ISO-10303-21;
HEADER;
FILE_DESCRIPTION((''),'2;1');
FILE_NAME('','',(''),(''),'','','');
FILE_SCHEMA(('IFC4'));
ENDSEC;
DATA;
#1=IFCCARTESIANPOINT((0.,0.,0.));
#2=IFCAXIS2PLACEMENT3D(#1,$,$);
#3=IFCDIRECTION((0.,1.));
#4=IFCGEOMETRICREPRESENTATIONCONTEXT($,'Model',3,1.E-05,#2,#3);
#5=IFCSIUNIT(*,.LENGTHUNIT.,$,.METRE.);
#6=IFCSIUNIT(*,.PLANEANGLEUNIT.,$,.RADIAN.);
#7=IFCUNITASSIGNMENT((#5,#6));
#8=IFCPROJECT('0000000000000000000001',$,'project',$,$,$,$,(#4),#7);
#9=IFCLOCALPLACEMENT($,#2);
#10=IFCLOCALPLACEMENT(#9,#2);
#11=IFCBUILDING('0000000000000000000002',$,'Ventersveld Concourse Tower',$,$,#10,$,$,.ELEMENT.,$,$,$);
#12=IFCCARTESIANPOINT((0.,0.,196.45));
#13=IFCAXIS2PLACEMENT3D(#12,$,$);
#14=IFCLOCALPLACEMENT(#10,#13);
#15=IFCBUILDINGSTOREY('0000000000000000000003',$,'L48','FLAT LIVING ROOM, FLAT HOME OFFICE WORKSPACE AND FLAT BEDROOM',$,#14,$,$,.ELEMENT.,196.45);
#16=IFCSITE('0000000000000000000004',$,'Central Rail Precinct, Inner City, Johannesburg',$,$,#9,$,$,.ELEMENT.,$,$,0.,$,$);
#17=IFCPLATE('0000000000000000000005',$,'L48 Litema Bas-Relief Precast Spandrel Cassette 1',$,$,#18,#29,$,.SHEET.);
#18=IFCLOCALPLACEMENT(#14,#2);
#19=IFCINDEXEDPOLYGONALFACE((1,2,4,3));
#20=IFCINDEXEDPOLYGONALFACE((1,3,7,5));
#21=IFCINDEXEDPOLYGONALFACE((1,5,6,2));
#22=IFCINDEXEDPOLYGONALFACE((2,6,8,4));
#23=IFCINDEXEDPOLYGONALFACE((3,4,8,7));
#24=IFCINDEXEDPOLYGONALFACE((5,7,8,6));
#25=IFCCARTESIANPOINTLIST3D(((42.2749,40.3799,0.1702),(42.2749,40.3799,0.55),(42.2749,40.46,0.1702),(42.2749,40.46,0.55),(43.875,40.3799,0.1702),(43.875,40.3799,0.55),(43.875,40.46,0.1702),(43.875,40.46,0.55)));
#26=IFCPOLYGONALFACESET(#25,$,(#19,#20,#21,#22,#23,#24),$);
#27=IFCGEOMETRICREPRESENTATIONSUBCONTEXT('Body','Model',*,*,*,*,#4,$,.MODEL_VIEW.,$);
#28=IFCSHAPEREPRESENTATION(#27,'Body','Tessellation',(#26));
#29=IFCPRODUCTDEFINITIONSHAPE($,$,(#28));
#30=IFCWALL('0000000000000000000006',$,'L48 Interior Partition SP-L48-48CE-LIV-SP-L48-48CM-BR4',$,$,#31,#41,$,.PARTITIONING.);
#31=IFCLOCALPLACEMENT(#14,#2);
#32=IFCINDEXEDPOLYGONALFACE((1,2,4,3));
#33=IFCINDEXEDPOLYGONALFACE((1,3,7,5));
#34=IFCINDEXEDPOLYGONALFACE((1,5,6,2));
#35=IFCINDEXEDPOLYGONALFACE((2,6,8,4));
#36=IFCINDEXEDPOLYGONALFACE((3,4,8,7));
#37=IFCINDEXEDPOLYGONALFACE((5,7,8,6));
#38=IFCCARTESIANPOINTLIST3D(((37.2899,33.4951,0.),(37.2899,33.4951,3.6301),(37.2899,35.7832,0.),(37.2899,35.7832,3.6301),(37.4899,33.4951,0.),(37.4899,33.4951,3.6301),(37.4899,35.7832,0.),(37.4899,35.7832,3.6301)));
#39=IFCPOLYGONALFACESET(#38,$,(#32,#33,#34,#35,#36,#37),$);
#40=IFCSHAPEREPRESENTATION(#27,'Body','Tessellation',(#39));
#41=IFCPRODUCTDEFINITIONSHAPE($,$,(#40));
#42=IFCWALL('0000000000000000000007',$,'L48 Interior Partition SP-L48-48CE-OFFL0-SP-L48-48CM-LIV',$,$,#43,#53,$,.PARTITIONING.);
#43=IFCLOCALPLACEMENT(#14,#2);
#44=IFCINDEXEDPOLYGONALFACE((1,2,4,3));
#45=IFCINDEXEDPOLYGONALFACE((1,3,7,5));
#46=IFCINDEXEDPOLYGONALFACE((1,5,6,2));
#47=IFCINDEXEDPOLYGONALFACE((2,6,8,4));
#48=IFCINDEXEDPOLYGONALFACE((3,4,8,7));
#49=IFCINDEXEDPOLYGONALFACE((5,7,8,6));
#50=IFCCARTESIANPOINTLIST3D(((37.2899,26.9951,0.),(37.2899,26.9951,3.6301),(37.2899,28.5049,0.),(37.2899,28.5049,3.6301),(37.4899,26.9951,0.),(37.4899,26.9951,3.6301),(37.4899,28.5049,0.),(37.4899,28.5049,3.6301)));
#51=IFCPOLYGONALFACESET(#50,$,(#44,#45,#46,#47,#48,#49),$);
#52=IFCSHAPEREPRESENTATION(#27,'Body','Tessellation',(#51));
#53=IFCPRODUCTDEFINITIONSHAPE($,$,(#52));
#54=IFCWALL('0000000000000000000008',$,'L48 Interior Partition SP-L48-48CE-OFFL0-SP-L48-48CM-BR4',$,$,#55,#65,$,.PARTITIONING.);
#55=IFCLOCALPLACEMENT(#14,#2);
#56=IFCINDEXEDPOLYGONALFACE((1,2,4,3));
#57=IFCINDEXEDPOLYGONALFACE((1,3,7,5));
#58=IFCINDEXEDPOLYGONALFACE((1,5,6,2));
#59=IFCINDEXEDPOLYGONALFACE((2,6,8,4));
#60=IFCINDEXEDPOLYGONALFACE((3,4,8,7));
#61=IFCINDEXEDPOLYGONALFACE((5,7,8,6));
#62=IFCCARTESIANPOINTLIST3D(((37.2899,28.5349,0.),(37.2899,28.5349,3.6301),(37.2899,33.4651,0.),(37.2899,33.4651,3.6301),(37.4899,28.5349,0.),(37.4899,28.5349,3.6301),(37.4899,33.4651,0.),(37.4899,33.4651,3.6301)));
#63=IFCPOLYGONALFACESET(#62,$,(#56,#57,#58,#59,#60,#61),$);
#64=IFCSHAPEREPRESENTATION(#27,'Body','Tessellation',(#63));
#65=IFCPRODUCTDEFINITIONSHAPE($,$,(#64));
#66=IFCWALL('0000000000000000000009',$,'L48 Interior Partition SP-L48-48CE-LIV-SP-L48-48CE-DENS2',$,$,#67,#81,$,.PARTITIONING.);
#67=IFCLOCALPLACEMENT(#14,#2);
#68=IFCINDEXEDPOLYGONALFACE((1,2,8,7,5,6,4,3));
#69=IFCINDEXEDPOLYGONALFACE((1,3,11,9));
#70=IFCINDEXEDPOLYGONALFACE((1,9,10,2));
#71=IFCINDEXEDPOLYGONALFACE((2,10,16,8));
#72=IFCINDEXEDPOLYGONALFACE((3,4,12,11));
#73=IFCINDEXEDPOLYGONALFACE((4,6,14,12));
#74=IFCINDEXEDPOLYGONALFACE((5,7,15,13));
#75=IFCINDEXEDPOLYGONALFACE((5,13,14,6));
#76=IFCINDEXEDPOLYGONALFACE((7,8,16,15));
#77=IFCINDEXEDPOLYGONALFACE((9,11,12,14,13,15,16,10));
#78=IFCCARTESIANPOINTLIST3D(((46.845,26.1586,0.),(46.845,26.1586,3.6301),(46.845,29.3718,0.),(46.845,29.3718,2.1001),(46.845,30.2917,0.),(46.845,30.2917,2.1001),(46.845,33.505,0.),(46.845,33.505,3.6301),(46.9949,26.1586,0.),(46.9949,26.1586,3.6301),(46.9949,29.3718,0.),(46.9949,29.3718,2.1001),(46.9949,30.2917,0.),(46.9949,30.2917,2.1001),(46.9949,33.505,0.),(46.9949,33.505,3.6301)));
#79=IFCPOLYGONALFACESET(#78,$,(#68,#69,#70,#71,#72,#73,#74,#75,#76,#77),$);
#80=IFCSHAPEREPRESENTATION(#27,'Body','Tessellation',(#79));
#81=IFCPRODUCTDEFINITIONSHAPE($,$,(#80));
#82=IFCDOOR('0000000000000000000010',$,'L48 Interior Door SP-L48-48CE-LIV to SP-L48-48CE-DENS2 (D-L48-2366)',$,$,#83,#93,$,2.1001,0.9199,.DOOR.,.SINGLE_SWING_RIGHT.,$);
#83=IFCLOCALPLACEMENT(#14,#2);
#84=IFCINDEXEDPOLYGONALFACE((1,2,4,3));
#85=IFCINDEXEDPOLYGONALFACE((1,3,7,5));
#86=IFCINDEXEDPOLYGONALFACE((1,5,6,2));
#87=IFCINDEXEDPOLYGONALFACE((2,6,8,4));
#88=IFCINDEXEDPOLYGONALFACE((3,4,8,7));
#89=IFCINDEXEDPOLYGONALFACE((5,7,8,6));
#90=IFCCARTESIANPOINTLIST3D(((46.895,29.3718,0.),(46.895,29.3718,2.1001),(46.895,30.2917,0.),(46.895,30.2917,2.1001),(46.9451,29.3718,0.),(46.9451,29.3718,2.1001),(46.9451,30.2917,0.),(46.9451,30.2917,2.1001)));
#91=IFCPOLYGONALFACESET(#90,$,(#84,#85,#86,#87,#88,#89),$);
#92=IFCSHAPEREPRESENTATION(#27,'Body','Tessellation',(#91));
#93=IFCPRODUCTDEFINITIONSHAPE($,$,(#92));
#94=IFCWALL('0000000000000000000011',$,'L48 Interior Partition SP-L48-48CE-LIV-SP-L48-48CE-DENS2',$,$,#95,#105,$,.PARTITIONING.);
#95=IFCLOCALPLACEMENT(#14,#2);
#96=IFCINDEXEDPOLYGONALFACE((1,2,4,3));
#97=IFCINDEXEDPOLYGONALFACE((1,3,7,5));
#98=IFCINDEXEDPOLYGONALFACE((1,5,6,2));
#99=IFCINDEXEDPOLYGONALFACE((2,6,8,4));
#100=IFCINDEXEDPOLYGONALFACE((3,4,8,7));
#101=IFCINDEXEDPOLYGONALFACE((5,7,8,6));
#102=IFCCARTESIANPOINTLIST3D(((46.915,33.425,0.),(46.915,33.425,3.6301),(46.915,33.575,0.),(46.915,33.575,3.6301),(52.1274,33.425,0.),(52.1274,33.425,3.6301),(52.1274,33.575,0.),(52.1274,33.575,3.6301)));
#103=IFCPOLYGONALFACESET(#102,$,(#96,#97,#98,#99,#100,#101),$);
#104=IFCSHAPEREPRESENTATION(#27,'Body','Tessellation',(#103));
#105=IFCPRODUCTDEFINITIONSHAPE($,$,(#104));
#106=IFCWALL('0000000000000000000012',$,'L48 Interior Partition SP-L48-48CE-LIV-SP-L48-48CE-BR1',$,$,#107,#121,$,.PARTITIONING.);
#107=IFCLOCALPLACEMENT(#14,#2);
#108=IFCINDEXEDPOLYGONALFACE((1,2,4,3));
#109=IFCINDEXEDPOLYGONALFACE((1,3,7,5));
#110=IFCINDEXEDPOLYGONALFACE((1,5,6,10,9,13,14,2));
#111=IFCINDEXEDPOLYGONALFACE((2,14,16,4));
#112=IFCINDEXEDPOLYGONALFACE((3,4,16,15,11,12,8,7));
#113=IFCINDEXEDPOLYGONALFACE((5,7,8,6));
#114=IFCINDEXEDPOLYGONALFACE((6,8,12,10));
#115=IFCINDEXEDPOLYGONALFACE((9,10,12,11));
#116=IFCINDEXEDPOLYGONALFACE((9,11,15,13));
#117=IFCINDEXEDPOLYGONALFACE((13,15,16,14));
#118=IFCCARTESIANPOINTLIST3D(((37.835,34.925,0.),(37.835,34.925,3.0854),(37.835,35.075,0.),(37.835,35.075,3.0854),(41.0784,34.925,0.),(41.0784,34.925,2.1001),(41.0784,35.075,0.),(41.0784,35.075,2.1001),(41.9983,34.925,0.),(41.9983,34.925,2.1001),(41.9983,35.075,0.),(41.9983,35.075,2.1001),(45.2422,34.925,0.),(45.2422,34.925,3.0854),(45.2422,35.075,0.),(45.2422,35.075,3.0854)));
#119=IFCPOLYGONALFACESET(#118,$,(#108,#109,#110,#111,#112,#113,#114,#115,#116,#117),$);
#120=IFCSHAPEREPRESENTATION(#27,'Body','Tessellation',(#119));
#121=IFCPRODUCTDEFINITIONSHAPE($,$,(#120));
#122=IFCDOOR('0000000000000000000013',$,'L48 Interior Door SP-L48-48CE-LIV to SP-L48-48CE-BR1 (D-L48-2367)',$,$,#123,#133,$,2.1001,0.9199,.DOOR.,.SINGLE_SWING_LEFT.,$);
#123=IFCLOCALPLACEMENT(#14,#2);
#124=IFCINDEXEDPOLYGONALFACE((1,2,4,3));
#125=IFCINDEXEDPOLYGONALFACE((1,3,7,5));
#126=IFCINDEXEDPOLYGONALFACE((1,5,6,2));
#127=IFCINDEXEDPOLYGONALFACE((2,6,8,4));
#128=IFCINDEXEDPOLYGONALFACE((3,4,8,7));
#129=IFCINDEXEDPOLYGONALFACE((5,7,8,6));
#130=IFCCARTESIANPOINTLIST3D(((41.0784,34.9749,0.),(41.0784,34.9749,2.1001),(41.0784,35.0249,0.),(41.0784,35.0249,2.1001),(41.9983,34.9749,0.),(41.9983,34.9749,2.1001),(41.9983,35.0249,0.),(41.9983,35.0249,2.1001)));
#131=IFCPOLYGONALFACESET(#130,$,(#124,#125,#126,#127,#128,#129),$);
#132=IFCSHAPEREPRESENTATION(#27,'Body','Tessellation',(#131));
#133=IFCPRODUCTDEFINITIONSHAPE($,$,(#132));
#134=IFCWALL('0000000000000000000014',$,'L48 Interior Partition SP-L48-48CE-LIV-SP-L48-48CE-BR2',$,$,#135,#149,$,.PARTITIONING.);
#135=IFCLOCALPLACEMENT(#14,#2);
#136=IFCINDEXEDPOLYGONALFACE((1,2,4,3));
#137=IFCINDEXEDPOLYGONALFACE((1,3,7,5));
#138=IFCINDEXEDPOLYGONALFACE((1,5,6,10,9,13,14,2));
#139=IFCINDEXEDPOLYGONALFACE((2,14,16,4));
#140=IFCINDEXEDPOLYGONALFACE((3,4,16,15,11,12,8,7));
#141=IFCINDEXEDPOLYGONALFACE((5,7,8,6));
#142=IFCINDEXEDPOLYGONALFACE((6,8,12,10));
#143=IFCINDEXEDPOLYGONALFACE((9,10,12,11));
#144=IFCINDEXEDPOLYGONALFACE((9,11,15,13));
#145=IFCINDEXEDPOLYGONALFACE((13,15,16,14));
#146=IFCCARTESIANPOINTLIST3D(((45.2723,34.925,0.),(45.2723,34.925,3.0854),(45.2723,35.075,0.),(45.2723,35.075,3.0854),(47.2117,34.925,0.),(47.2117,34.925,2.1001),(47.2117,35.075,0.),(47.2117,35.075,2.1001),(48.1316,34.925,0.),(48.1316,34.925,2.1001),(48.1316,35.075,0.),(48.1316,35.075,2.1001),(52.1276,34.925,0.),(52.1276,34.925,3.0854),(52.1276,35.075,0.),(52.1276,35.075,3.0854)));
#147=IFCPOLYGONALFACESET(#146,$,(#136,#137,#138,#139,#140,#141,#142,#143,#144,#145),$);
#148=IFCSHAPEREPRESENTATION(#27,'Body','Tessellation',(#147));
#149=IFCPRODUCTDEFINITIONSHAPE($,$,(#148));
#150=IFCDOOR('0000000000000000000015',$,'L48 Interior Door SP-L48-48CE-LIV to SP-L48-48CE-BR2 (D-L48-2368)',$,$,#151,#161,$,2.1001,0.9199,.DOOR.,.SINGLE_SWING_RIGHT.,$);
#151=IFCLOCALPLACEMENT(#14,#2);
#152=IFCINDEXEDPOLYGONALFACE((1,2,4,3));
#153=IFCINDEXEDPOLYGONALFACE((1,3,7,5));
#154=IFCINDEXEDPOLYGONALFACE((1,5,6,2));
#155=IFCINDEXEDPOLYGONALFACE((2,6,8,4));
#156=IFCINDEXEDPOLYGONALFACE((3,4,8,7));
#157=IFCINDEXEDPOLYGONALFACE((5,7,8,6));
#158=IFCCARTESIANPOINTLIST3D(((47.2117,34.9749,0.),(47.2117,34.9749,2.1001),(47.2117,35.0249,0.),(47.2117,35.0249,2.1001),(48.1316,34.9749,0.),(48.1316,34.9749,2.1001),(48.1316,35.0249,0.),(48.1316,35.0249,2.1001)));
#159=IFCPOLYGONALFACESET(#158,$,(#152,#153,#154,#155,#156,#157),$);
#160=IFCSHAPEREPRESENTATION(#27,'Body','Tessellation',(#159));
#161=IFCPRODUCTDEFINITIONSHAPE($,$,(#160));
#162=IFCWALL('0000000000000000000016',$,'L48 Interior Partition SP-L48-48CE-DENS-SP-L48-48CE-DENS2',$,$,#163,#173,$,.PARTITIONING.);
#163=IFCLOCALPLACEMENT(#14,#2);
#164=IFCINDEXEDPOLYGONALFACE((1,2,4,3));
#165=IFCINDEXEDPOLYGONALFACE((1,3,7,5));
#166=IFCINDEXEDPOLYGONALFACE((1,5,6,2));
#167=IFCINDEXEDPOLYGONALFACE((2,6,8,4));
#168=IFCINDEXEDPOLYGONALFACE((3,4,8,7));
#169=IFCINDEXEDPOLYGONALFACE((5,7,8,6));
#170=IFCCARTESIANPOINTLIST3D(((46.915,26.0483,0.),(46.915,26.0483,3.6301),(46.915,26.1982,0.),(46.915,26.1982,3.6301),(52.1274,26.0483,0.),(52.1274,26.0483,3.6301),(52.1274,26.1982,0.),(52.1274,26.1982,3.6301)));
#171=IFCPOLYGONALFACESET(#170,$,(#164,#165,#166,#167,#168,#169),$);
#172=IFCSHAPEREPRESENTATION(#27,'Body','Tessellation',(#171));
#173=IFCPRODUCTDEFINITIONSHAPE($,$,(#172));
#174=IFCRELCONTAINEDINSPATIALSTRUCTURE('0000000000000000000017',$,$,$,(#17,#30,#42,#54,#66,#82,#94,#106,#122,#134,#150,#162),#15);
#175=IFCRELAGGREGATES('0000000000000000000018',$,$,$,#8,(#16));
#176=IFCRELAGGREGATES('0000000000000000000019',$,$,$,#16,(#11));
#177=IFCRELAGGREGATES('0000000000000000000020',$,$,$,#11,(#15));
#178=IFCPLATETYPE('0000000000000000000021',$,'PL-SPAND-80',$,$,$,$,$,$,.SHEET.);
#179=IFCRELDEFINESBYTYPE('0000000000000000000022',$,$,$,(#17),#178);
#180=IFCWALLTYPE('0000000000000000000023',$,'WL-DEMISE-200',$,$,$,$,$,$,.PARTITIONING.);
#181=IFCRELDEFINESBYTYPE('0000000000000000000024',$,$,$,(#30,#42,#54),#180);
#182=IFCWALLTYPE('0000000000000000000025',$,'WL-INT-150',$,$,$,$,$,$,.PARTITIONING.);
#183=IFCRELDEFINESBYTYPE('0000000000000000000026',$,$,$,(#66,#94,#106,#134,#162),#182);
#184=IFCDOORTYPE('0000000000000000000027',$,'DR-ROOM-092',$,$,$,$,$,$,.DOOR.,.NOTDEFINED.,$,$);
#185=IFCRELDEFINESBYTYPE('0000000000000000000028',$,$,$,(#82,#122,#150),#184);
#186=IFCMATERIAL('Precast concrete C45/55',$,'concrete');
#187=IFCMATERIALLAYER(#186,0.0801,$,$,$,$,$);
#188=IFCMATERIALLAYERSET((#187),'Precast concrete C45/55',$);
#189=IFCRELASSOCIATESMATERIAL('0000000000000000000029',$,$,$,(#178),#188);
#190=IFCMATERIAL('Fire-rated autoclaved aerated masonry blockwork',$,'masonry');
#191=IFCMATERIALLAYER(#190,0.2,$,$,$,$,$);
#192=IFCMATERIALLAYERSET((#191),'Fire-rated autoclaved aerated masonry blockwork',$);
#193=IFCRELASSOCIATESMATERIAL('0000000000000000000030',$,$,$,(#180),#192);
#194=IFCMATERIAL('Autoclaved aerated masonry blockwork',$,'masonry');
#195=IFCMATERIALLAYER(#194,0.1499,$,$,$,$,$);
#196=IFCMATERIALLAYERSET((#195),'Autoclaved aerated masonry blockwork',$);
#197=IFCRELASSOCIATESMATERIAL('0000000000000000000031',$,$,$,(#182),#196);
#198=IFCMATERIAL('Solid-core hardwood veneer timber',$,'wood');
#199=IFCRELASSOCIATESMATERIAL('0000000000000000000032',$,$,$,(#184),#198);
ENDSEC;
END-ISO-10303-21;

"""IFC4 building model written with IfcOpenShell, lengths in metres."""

from ifc_helpers import new_model, si_unit, direction, frame, frame_2d, origin, origin_2d, place, context, subcontext, project, spatial, rectangle, extrude, material, layer, layer_set, type_object, element, fill, save


model = new_model("IFC4")

# Units and contexts
model_context = context("Model", 3, precision=1e-05, world=origin(), true_north=direction((0.0, 1.0)))
body_context = subcontext(model_context, "Body", "Model", "MODEL_VIEW")
ifc_project = project(units=[si_unit("LENGTHUNIT", "METRE"), si_unit("PLANEANGLEUNIT", "RADIAN")], contexts=[model_context])

# Site, building, storey
site_placement = place(None, origin())
site = spatial("IfcSite", under=ifc_project, at=site_placement, Name="Central Rail Precinct, Inner City, Johannesburg", CompositionType="ELEMENT", RefElevation=0.0)
building_placement = place(site_placement, origin())
building = spatial("IfcBuilding", under=site, at=building_placement, Name="Ventersveld Concourse Tower", CompositionType="ELEMENT")
storey_placement = place(building_placement, frame((0.0, 0.0, 196.45)))
storey = spatial("IfcBuildingStorey", under=building, at=storey_placement, Name="L48", Description="FLAT LIVING ROOM, FLAT HOME OFFICE WORKSPACE AND FLAT BEDROOM", CompositionType="ELEMENT", Elevation=196.45)

# Plate
ifc_material_1 = material(Name="Precast concrete C45/55", Category="concrete")
ifc_layer_1 = layer(ifc_material_1, 0.0801)
ifc_layer_set_1 = layer_set([ifc_layer_1], Name="Precast concrete C45/55")
plate_type = type_object("IfcPlateType", Name="PL-SPAND-80", PredefinedType="SHEET", material=ifc_layer_set_1)
plate_placement = place(storey_placement, frame((43.075, 40.4199, 0.1702), z_axis=(0.0, 0.0, 1.0), x_axis=(-1.0, 0.0, 0.0)))
element("IfcPlate", 1, at=plate_placement, inside=storey, type_object=plate_type, Name="L48 Litema Bas-Relief Precast Spandrel Cassette 1", PredefinedType="SHEET", context=body_context, shape_type="SweptSolid", body=[
    extrude(rectangle(XDim=1.6001, YDim=0.0801, at=origin_2d()), origin(), (0.0, 0.0, 1.0), 0.3799),
])

# Walls
ifc_material_2 = material(Name="Fire-rated autoclaved aerated masonry blockwork", Category="masonry")
ifc_layer_2 = layer(ifc_material_2, 0.2)
ifc_layer_set_2 = layer_set([ifc_layer_2], Name="Fire-rated autoclaved aerated masonry blockwork")
wall_type_1 = type_object("IfcWallType", Name="WL-DEMISE-200", PredefinedType="PARTITIONING", material=ifc_layer_set_2)
wall_1_placement = place(storey_placement, frame((37.3899, 33.4951, 0.0), z_axis=(0.0, 0.0, 1.0), x_axis=(0.0, 1.0, 0.0)))
element("IfcWall", 2, at=wall_1_placement, inside=storey, type_object=wall_type_1, Name="L48 Interior Partition SP-L48-48CE-LIV-SP-L48-48CM-BR4", PredefinedType="PARTITIONING", context=body_context, shape_type="SweptSolid", body=[
    extrude(rectangle(XDim=2.2881, YDim=0.2, at=frame_2d((1.144, 0.0))), origin(), (0.0, 0.0, 1.0), 3.6301),
])
wall_2_placement = place(storey_placement, frame((37.3899, 26.9951, 0.0), z_axis=(0.0, 0.0, 1.0), x_axis=(0.0, 1.0, 0.0)))
element("IfcWall", 3, at=wall_2_placement, inside=storey, type_object=wall_type_1, Name="L48 Interior Partition SP-L48-48CE-OFFL0-SP-L48-48CM-LIV", PredefinedType="PARTITIONING", context=body_context, shape_type="SweptSolid", body=[
    extrude(rectangle(XDim=1.5098, YDim=0.2, at=frame_2d((0.7549, 0.0))), origin(), (0.0, 0.0, 1.0), 3.6301),
])
wall_3_placement = place(storey_placement, frame((37.3899, 28.5349, 0.0), z_axis=(0.0, 0.0, 1.0), x_axis=(0.0, 1.0, 0.0)))
element("IfcWall", 4, at=wall_3_placement, inside=storey, type_object=wall_type_1, Name="L48 Interior Partition SP-L48-48CE-OFFL0-SP-L48-48CM-BR4", PredefinedType="PARTITIONING", context=body_context, shape_type="SweptSolid", body=[
    extrude(rectangle(XDim=4.9302, YDim=0.2, at=frame_2d((2.4651, 0.0))), origin(), (0.0, 0.0, 1.0), 3.6301),
])

# Wall, opening, door
ifc_material_3 = material(Name="Autoclaved aerated masonry blockwork", Category="masonry")
ifc_layer_3 = layer(ifc_material_3, 0.1499)
ifc_layer_set_3 = layer_set([ifc_layer_3], Name="Autoclaved aerated masonry blockwork")
wall_type_2 = type_object("IfcWallType", Name="WL-INT-150", PredefinedType="PARTITIONING", material=ifc_layer_set_3)
wall_4_placement = place(storey_placement, frame((46.9199, 26.1584, 0.0), z_axis=(0.0, 0.0, 1.0), x_axis=(0.0, 1.0, 0.0)))
wall_4 = element("IfcWall", 5, at=wall_4_placement, inside=storey, type_object=wall_type_2, Name="L48 Interior Partition SP-L48-48CE-LIV-SP-L48-48CE-DENS2", PredefinedType="PARTITIONING", context=body_context, shape_type="SweptSolid", body=[
    extrude(rectangle(XDim=7.3464, YDim=0.1499, at=frame_2d((3.6733, 0.0))), origin(), (0.0, 0.0, 1.0), 3.6301),
])
opening_1_placement = place(wall_4_placement, frame((3.2134, 0.0, 0.0)))
opening_1 = element("IfcOpeningElement", 6, at=opening_1_placement, cuts=wall_4, PredefinedType="OPENING", context=body_context, shape_type="SweptSolid", body=[
    extrude(rectangle(XDim=0.9199, YDim=2.1001, at=frame_2d((0.46, 1.05))), frame((0.0, 0.085, 0.0), z_axis=(0.0, -1.0, 0.0), x_axis=(1.0, 0.0, 0.0)), (0.0, 0.0, 1.0), 0.1699),
])
ifc_material_4 = material(Name="Solid-core hardwood veneer timber", Category="wood")
door_type = type_object("IfcDoorType", Name="DR-ROOM-092", OperationType="NOTDEFINED", PredefinedType="DOOR", material=ifc_material_4)
door_1_placement = place(opening_1_placement, origin())
door_1 = element("IfcDoor", 7, at=door_1_placement, inside=storey, type_object=door_type, Name="L48 Interior Door SP-L48-48CE-LIV to SP-L48-48CE-DENS2 (D-L48-2366)", OperationType="SINGLE_SWING_RIGHT", OverallHeight=2.1001, OverallWidth=0.9199, PredefinedType="DOOR", context=body_context, shape_type="SweptSolid", body=[
    extrude(rectangle(XDim=0.9199, YDim=2.1001, at=frame_2d((0.46, 1.05))), frame((0.0, 0.0249, 0.0), z_axis=(0.0, -1.0, 0.0), x_axis=(1.0, 0.0, 0.0)), (0.0, 0.0, 1.0), 0.05),
])
fill(opening_1, door_1)

# Wall
wall_5_placement = place(storey_placement, frame((46.915, 33.5, 0.0), z_axis=(0.0, 0.0, 1.0), x_axis=(1.0, 0.0, 0.0)))
element("IfcWall", 8, at=wall_5_placement, inside=storey, type_object=wall_type_2, Name="L48 Interior Partition SP-L48-48CE-LIV-SP-L48-48CE-DENS2", PredefinedType="PARTITIONING", context=body_context, shape_type="SweptSolid", body=[
    extrude(rectangle(XDim=5.2124, YDim=0.1499, at=frame_2d((2.6062, 0.0))), origin(), (0.0, 0.0, 1.0), 3.6301),
])

# Walls, openings, doors
wall_6_placement = place(storey_placement, frame((37.835, 35.0, 0.0), z_axis=(0.0, 0.0, 1.0), x_axis=(1.0, 0.0, 0.0)))
wall_6 = element("IfcWall", 9, at=wall_6_placement, inside=storey, type_object=wall_type_2, Name="L48 Interior Partition SP-L48-48CE-LIV-SP-L48-48CE-BR1", PredefinedType="PARTITIONING", context=body_context, shape_type="SweptSolid", body=[
    extrude(rectangle(XDim=7.4072, YDim=0.1499, at=frame_2d((3.7036, 0.0))), origin(), (0.0, 0.0, 1.0), 3.0854),
])
opening_2_placement = place(wall_6_placement, frame((3.2434, 0.0, 0.0)))
opening_2 = element("IfcOpeningElement", 10, at=opening_2_placement, cuts=wall_6, PredefinedType="OPENING", context=body_context, shape_type="SweptSolid", body=[
    extrude(rectangle(XDim=0.9199, YDim=2.1001, at=frame_2d((0.46, 1.05))), frame((0.0, 0.085, 0.0), z_axis=(0.0, -1.0, 0.0), x_axis=(1.0, 0.0, 0.0)), (0.0, 0.0, 1.0), 0.1699),
])
door_2_placement = place(opening_2_placement, origin())
door_2 = element("IfcDoor", 11, at=door_2_placement, inside=storey, type_object=door_type, Name="L48 Interior Door SP-L48-48CE-LIV to SP-L48-48CE-BR1 (D-L48-2367)", OperationType="SINGLE_SWING_LEFT", OverallHeight=2.1001, OverallWidth=0.9199, PredefinedType="DOOR", context=body_context, shape_type="SweptSolid", body=[
    extrude(rectangle(XDim=0.9199, YDim=2.1001, at=frame_2d((0.46, 1.05))), frame((0.0, 0.0249, 0.0), z_axis=(0.0, -1.0, 0.0), x_axis=(1.0, 0.0, 0.0)), (0.0, 0.0, 1.0), 0.05),
])
fill(opening_2, door_2)
wall_7_placement = place(storey_placement, frame((45.2722, 35.0, 0.0), z_axis=(0.0, 0.0, 1.0), x_axis=(1.0, 0.0, 0.0)))
wall_7 = element("IfcWall", 12, at=wall_7_placement, inside=storey, type_object=wall_type_2, Name="L48 Interior Partition SP-L48-48CE-LIV-SP-L48-48CE-BR2", PredefinedType="PARTITIONING", context=body_context, shape_type="SweptSolid", body=[
    extrude(rectangle(XDim=6.8552, YDim=0.1499, at=frame_2d((3.4277, 0.0))), origin(), (0.0, 0.0, 1.0), 3.0854),
])
opening_3_placement = place(wall_7_placement, frame((1.9395, 0.0, 0.0)))
opening_3 = element("IfcOpeningElement", 13, at=opening_3_placement, cuts=wall_7, PredefinedType="OPENING", context=body_context, shape_type="SweptSolid", body=[
    extrude(rectangle(XDim=0.9199, YDim=2.1001, at=frame_2d((0.46, 1.05))), frame((0.0, 0.085, 0.0), z_axis=(0.0, -1.0, 0.0), x_axis=(1.0, 0.0, 0.0)), (0.0, 0.0, 1.0), 0.1699),
])
door_3_placement = place(opening_3_placement, origin())
door_3 = element("IfcDoor", 14, at=door_3_placement, inside=storey, type_object=door_type, Name="L48 Interior Door SP-L48-48CE-LIV to SP-L48-48CE-BR2 (D-L48-2368)", OperationType="SINGLE_SWING_RIGHT", OverallHeight=2.1001, OverallWidth=0.9199, PredefinedType="DOOR", context=body_context, shape_type="SweptSolid", body=[
    extrude(rectangle(XDim=0.9199, YDim=2.1001, at=frame_2d((0.46, 1.05))), frame((0.0, 0.0249, 0.0), z_axis=(0.0, -1.0, 0.0), x_axis=(1.0, 0.0, 0.0)), (0.0, 0.0, 1.0), 0.05),
])
fill(opening_3, door_3)

# Wall
wall_8_placement = place(storey_placement, frame((46.915, 26.1233, 0.0), z_axis=(0.0, 0.0, 1.0), x_axis=(1.0, 0.0, 0.0)))
element("IfcWall", 15, at=wall_8_placement, inside=storey, type_object=wall_type_2, Name="L48 Interior Partition SP-L48-48CE-DENS-SP-L48-48CE-DENS2", PredefinedType="PARTITIONING", context=body_context, shape_type="SweptSolid", body=[
    extrude(rectangle(XDim=5.2124, YDim=0.1499, at=frame_2d((2.6062, 0.0))), origin(), (0.0, 0.0, 1.0), 3.6301),
])

save(model, "model.ifc")
